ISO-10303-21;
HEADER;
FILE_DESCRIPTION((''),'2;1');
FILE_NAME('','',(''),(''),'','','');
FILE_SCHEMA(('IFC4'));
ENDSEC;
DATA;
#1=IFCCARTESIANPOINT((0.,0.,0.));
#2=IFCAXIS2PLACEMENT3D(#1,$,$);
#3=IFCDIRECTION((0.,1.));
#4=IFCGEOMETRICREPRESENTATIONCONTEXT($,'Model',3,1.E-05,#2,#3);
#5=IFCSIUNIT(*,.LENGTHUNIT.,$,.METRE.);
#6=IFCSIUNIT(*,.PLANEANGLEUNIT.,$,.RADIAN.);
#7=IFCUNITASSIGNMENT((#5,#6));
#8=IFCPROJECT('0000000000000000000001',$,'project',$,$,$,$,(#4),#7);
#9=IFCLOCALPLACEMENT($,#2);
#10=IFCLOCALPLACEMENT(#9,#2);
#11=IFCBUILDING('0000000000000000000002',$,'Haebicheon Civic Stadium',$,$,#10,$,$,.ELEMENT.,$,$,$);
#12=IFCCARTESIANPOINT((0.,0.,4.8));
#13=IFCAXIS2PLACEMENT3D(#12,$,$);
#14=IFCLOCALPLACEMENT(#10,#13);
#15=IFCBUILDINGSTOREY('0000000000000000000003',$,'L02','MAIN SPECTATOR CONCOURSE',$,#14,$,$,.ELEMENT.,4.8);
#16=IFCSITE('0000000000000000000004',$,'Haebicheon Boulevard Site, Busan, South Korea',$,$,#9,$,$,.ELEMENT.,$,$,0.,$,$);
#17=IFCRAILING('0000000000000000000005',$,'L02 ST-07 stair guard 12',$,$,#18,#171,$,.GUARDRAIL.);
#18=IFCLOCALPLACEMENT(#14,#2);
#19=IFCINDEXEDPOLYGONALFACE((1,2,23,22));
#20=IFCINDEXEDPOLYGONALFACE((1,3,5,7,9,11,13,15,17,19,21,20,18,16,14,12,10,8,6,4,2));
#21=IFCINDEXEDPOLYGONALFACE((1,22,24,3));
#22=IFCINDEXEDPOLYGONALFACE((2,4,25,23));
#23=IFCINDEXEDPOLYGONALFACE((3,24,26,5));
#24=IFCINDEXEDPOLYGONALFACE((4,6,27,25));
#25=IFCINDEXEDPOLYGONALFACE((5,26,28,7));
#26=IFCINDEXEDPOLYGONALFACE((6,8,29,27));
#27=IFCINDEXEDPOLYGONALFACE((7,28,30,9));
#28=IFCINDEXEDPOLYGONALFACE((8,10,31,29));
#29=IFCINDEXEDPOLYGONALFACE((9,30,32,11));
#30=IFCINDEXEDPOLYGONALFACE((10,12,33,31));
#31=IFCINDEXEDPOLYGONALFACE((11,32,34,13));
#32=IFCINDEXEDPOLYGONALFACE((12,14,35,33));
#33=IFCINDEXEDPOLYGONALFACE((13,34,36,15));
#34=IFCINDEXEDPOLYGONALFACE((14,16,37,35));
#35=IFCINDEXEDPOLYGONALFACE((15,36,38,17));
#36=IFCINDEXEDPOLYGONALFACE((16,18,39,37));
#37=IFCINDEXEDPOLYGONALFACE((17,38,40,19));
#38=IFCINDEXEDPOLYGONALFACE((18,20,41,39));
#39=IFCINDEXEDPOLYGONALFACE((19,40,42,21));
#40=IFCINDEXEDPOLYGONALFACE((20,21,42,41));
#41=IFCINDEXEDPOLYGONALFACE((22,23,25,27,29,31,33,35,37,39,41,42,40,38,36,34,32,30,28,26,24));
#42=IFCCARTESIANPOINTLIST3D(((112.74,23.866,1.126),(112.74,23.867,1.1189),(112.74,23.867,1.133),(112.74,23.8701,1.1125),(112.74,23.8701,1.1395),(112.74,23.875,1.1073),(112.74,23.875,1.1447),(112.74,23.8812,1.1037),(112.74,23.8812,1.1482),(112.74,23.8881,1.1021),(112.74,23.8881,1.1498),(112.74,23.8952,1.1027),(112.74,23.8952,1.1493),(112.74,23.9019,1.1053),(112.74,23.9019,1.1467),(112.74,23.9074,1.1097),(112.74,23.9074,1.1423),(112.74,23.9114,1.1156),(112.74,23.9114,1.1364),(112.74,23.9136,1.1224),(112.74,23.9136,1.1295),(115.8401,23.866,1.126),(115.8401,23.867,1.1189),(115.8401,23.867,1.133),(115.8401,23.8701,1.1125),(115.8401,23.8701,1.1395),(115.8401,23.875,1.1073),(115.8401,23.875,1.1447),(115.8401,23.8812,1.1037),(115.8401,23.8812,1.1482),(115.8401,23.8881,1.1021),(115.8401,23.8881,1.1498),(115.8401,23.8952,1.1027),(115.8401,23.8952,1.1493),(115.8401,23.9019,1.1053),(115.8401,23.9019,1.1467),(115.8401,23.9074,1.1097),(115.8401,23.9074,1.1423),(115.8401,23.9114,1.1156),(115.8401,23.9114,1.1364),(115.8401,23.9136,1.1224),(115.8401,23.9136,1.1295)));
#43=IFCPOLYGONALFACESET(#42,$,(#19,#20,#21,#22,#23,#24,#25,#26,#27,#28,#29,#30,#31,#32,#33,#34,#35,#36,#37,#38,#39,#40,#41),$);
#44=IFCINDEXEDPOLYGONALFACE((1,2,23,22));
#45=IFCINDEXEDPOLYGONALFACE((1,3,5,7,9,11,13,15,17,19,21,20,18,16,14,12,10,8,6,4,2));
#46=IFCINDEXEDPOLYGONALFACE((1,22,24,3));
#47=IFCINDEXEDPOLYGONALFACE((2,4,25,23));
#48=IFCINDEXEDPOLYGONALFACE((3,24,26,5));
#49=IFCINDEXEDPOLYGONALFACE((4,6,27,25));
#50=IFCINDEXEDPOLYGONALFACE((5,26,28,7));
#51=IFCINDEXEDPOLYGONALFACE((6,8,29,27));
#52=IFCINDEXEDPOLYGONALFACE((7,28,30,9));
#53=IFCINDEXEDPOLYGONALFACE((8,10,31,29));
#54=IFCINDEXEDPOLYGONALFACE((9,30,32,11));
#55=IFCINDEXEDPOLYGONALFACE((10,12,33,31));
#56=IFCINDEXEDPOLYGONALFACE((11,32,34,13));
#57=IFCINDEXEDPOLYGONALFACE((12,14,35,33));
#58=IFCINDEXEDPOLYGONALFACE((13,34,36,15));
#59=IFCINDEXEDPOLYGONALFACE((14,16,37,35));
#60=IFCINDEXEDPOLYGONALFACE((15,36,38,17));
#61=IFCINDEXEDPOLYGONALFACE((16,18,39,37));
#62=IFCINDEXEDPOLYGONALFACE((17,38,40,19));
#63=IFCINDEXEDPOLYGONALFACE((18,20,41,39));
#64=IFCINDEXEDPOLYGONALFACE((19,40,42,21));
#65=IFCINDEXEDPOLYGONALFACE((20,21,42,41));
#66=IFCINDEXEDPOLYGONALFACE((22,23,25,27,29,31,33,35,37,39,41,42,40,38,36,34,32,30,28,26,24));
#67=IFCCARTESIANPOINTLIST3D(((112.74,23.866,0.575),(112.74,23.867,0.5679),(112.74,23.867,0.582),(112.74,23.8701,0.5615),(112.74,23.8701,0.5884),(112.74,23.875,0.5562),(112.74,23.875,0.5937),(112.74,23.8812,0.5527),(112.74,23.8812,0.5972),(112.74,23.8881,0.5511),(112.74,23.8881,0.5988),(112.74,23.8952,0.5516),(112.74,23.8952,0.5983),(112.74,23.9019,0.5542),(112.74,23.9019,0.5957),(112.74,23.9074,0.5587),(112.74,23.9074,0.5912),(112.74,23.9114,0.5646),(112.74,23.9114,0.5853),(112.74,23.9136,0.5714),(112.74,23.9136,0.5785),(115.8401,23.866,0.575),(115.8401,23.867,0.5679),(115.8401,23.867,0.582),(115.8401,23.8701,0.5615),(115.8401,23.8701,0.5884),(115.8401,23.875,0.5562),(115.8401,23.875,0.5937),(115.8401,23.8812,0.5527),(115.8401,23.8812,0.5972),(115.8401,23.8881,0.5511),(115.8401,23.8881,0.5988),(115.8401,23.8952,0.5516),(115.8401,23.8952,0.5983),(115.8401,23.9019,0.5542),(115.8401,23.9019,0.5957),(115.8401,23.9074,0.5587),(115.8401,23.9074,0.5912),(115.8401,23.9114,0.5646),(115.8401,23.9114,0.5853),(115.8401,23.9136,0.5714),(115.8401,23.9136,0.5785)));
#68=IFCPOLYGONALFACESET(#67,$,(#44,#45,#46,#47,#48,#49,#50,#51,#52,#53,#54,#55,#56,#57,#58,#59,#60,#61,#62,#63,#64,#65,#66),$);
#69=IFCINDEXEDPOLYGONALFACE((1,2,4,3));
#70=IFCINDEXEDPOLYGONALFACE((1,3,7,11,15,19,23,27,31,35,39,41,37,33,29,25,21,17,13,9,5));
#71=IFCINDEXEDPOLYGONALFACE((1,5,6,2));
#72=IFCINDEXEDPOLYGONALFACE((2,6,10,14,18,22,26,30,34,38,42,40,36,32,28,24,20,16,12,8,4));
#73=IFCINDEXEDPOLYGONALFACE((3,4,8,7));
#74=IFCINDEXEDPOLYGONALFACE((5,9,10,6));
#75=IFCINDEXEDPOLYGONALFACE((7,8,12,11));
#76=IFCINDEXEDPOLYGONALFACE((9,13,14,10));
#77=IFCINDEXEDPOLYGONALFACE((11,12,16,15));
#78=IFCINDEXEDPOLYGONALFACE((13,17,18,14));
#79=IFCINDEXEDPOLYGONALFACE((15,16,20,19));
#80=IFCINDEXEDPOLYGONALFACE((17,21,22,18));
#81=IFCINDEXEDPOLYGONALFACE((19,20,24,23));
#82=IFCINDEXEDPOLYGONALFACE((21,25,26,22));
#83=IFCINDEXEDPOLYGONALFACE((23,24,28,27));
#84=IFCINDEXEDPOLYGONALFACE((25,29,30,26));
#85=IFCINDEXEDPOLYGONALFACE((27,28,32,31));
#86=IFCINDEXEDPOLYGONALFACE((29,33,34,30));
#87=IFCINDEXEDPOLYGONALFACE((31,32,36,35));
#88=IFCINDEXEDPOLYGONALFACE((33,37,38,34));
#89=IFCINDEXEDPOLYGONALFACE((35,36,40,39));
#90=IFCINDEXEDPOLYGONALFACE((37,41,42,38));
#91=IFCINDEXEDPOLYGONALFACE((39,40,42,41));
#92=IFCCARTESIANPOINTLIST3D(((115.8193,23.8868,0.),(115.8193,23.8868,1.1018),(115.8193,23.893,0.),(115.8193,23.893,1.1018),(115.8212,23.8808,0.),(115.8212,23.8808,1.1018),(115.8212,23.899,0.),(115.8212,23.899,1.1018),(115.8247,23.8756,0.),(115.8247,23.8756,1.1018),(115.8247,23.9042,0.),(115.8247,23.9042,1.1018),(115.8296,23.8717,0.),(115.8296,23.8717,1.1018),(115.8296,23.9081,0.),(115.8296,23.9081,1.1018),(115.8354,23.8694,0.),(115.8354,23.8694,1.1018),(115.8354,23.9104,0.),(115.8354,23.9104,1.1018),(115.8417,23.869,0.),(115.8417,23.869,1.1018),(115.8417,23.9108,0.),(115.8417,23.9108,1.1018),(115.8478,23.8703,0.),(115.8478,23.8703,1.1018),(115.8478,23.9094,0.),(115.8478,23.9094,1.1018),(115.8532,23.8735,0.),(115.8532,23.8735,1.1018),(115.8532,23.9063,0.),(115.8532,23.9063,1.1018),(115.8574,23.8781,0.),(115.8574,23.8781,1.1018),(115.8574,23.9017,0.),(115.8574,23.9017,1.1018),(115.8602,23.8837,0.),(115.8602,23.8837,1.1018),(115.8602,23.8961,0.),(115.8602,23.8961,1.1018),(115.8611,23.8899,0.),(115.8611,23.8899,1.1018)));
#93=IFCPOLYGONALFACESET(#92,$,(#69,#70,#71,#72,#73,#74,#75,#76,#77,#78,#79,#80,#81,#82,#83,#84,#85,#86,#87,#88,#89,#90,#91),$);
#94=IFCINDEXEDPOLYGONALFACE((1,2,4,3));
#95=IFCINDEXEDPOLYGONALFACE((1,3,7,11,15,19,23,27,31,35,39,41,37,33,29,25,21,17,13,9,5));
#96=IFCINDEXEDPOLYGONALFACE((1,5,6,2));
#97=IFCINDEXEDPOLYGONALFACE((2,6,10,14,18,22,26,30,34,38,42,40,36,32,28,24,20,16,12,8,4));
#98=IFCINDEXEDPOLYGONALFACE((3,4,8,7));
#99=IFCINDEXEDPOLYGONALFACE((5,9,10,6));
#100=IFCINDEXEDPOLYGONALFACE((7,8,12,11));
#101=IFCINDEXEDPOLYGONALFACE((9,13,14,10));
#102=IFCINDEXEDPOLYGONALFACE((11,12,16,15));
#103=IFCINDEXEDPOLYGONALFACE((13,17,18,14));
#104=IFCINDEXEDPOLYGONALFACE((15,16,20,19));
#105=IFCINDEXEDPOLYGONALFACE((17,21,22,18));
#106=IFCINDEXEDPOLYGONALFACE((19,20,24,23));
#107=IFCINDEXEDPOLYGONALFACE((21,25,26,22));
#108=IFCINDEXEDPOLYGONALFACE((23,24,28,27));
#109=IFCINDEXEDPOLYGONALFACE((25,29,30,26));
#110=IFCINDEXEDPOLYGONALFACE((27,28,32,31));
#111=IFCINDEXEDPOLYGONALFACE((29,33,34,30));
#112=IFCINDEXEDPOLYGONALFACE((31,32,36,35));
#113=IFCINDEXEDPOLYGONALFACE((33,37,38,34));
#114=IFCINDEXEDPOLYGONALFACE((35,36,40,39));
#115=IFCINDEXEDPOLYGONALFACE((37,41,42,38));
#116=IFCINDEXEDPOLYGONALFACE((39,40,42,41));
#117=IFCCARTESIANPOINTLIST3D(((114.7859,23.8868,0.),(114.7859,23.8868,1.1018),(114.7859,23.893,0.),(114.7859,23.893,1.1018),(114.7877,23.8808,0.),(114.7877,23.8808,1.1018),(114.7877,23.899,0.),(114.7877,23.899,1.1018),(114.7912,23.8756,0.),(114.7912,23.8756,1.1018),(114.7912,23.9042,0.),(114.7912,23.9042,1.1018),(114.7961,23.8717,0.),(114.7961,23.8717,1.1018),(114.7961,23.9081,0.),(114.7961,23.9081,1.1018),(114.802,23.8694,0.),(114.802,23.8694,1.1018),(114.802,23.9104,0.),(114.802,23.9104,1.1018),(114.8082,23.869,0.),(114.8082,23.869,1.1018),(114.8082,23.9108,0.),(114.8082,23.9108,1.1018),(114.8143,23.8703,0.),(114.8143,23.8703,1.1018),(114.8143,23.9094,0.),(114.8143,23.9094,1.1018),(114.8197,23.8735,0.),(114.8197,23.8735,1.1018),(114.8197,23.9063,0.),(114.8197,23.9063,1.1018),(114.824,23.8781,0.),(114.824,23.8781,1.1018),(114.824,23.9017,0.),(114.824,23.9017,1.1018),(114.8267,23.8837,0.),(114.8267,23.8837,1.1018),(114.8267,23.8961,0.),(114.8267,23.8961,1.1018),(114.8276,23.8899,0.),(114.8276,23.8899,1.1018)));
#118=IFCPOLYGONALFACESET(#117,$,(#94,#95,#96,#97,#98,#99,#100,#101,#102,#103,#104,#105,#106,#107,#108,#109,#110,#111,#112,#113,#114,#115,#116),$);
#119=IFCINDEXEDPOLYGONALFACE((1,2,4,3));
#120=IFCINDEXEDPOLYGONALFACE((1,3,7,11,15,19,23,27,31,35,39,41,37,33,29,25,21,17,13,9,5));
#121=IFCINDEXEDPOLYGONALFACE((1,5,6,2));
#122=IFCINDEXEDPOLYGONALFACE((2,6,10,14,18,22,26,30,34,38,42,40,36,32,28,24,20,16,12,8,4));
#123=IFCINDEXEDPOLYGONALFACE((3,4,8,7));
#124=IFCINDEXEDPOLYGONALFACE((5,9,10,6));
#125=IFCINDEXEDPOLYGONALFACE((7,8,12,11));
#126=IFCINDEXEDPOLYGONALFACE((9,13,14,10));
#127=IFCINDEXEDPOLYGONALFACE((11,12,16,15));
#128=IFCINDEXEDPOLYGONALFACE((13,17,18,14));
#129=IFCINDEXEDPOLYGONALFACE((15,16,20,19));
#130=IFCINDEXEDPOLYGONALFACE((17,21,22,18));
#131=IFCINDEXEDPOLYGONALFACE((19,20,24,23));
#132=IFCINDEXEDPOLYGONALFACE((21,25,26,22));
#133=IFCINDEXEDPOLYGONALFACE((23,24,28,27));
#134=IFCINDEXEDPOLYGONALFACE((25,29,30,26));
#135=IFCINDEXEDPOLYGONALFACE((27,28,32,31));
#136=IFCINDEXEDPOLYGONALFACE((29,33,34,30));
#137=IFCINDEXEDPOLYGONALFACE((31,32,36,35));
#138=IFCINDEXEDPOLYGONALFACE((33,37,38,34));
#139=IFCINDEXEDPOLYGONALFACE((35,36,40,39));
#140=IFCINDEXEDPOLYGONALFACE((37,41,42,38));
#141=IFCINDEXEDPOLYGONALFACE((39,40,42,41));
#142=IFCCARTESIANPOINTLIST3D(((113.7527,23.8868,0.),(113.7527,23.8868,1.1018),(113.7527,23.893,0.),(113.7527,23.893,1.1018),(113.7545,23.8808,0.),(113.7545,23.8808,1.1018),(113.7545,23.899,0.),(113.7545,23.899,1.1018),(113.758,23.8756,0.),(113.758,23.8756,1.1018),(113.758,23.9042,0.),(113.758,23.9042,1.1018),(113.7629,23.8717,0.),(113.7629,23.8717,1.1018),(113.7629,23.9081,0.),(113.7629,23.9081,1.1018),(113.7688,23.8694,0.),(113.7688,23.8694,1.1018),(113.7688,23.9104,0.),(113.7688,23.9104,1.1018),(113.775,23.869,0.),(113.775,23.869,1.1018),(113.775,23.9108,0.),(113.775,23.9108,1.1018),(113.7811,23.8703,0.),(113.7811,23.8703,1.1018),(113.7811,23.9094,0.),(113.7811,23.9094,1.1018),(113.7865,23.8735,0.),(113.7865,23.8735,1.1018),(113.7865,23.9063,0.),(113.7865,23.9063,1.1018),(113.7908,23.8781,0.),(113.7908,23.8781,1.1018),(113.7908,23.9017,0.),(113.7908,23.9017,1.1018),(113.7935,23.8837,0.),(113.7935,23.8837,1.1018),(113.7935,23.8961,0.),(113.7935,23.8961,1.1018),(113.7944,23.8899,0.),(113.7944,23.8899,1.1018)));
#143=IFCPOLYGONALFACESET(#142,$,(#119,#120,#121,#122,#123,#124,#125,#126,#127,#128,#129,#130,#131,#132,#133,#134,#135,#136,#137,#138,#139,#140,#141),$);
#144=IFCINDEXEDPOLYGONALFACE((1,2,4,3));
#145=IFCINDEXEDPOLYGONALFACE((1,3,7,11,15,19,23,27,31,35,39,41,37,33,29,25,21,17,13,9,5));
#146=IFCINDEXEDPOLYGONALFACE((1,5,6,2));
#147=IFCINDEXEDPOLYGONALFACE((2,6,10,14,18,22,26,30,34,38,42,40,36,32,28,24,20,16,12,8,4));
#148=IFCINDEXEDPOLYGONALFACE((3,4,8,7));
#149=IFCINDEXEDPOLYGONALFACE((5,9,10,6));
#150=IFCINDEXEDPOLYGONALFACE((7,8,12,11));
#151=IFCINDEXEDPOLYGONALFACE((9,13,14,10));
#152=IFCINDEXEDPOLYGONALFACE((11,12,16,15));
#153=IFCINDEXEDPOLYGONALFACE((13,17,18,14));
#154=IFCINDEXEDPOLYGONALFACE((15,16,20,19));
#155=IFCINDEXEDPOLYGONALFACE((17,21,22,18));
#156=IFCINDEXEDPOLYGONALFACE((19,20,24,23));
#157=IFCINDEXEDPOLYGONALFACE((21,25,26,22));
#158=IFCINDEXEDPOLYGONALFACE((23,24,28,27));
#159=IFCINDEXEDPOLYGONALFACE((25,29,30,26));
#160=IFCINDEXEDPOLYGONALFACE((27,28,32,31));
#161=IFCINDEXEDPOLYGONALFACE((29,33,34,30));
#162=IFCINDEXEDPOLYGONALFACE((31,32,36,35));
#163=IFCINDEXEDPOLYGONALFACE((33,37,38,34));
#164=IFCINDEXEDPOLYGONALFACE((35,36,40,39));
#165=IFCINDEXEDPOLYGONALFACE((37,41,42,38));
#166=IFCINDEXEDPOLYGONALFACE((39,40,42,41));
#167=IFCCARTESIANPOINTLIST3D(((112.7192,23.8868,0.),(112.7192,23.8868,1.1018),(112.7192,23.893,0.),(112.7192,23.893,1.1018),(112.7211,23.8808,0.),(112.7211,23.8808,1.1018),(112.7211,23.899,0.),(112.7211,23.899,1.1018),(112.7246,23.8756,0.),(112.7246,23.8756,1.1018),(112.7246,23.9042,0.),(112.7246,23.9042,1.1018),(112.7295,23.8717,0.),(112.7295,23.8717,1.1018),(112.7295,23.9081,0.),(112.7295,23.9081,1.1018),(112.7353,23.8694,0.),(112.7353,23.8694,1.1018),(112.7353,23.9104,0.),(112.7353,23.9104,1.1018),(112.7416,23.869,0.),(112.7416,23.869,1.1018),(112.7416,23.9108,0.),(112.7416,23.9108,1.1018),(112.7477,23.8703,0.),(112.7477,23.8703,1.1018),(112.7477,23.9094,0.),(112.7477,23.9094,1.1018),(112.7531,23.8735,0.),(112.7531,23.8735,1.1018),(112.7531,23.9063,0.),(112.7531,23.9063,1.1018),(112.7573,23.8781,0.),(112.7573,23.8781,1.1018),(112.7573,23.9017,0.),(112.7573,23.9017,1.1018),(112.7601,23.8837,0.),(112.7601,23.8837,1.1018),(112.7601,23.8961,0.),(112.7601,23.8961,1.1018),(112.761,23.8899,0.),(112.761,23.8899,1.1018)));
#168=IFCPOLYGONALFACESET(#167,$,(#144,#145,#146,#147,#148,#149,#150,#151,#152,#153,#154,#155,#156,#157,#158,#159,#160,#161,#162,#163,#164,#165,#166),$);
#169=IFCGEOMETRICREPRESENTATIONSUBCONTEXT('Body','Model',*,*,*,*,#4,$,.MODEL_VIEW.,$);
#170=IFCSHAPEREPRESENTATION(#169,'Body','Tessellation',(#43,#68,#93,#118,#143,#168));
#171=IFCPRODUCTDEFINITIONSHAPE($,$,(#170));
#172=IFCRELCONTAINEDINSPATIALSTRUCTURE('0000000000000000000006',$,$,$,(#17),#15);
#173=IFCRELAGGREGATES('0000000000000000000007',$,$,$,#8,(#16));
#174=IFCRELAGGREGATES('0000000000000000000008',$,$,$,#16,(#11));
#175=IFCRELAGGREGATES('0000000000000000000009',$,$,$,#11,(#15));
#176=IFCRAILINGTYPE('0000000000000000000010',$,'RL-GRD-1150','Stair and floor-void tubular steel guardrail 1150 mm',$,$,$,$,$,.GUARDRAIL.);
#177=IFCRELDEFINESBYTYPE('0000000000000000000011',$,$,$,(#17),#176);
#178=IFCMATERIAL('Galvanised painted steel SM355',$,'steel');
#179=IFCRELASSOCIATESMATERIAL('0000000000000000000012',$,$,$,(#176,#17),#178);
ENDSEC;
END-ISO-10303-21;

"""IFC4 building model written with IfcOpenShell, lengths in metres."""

from ifc_helpers import new_model, si_unit, direction, frame, origin, origin_2d, place, context, subcontext, project, spatial, circle, extrude, material, type_object, element, save


model = new_model("IFC4")

# Units and contexts
model_context = context("Model", 3, precision=1e-05, world=origin(), true_north=direction((0.0, 1.0)))
body_context = subcontext(model_context, "Body", "Model", "MODEL_VIEW")
ifc_project = project(units=[si_unit("LENGTHUNIT", "METRE"), si_unit("PLANEANGLEUNIT", "RADIAN")], contexts=[model_context])

# Site, building, storey
site_placement = place(None, origin())
site = spatial("IfcSite", under=ifc_project, at=site_placement, Name="Haebicheon Boulevard Site, Busan, South Korea", CompositionType="ELEMENT", RefElevation=0.0)
building_placement = place(site_placement, origin())
building = spatial("IfcBuilding", under=site, at=building_placement, Name="Haebicheon Civic Stadium", CompositionType="ELEMENT")
storey_placement = place(building_placement, frame((0.0, 0.0, 4.8)))
storey = spatial("IfcBuildingStorey", under=building, at=storey_placement, Name="L02", Description="MAIN SPECTATOR CONCOURSE", CompositionType="ELEMENT", Elevation=4.8)

# Railing
ifc_material_1 = material(Name="Galvanised painted steel SM355", Category="steel")
railing_type_1 = type_object("IfcRailingType", Name="RL-GRD-1150", Description="Stair and floor-void tubular steel guardrail 1150 mm", PredefinedType="GUARDRAIL", material=ifc_material_1)
railing_1_placement = place(storey_placement, frame((115.8401, 23.8899, 0.0)))
element("IfcRailing", 1, at=railing_1_placement, inside=storey, type_object=railing_type_1, material=ifc_material_1, Name="L02 ST-07 stair guard 12", PredefinedType="GUARDRAIL", context=body_context, shape_type="SweptSolid", body=[
    extrude(circle(Radius=0.0239, at=origin_2d()), frame((0.0, 0.0, 1.126), z_axis=(-1.0, 0.0, 0.0), x_axis=(0.0, -1.0, 0.0)), (0.0, 0.0, 1.0), 3.1001),
    extrude(circle(Radius=0.0239, at=origin_2d()), frame((0.0, 0.0, 0.575), z_axis=(-1.0, 0.0, 0.0), x_axis=(0.0, -1.0, 0.0)), (0.0, 0.0, 1.0), 3.1001),
    extrude(circle(Radius=0.021, at=origin_2d()), origin(), (0.0, 0.0, 1.0), 1.1018),
    extrude(circle(Radius=0.021, at=origin_2d()), frame((-1.0334, 0.0, 0.0)), (0.0, 0.0, 1.0), 1.1018),
    extrude(circle(Radius=0.021, at=origin_2d()), frame((-2.0667, 0.0, 0.0)), (0.0, 0.0, 1.0), 1.1018),
    extrude(circle(Radius=0.021, at=origin_2d()), frame((-3.1001, 0.0, 0.0)), (0.0, 0.0, 1.0), 1.1018),
])

save(model, "model.ifc")
